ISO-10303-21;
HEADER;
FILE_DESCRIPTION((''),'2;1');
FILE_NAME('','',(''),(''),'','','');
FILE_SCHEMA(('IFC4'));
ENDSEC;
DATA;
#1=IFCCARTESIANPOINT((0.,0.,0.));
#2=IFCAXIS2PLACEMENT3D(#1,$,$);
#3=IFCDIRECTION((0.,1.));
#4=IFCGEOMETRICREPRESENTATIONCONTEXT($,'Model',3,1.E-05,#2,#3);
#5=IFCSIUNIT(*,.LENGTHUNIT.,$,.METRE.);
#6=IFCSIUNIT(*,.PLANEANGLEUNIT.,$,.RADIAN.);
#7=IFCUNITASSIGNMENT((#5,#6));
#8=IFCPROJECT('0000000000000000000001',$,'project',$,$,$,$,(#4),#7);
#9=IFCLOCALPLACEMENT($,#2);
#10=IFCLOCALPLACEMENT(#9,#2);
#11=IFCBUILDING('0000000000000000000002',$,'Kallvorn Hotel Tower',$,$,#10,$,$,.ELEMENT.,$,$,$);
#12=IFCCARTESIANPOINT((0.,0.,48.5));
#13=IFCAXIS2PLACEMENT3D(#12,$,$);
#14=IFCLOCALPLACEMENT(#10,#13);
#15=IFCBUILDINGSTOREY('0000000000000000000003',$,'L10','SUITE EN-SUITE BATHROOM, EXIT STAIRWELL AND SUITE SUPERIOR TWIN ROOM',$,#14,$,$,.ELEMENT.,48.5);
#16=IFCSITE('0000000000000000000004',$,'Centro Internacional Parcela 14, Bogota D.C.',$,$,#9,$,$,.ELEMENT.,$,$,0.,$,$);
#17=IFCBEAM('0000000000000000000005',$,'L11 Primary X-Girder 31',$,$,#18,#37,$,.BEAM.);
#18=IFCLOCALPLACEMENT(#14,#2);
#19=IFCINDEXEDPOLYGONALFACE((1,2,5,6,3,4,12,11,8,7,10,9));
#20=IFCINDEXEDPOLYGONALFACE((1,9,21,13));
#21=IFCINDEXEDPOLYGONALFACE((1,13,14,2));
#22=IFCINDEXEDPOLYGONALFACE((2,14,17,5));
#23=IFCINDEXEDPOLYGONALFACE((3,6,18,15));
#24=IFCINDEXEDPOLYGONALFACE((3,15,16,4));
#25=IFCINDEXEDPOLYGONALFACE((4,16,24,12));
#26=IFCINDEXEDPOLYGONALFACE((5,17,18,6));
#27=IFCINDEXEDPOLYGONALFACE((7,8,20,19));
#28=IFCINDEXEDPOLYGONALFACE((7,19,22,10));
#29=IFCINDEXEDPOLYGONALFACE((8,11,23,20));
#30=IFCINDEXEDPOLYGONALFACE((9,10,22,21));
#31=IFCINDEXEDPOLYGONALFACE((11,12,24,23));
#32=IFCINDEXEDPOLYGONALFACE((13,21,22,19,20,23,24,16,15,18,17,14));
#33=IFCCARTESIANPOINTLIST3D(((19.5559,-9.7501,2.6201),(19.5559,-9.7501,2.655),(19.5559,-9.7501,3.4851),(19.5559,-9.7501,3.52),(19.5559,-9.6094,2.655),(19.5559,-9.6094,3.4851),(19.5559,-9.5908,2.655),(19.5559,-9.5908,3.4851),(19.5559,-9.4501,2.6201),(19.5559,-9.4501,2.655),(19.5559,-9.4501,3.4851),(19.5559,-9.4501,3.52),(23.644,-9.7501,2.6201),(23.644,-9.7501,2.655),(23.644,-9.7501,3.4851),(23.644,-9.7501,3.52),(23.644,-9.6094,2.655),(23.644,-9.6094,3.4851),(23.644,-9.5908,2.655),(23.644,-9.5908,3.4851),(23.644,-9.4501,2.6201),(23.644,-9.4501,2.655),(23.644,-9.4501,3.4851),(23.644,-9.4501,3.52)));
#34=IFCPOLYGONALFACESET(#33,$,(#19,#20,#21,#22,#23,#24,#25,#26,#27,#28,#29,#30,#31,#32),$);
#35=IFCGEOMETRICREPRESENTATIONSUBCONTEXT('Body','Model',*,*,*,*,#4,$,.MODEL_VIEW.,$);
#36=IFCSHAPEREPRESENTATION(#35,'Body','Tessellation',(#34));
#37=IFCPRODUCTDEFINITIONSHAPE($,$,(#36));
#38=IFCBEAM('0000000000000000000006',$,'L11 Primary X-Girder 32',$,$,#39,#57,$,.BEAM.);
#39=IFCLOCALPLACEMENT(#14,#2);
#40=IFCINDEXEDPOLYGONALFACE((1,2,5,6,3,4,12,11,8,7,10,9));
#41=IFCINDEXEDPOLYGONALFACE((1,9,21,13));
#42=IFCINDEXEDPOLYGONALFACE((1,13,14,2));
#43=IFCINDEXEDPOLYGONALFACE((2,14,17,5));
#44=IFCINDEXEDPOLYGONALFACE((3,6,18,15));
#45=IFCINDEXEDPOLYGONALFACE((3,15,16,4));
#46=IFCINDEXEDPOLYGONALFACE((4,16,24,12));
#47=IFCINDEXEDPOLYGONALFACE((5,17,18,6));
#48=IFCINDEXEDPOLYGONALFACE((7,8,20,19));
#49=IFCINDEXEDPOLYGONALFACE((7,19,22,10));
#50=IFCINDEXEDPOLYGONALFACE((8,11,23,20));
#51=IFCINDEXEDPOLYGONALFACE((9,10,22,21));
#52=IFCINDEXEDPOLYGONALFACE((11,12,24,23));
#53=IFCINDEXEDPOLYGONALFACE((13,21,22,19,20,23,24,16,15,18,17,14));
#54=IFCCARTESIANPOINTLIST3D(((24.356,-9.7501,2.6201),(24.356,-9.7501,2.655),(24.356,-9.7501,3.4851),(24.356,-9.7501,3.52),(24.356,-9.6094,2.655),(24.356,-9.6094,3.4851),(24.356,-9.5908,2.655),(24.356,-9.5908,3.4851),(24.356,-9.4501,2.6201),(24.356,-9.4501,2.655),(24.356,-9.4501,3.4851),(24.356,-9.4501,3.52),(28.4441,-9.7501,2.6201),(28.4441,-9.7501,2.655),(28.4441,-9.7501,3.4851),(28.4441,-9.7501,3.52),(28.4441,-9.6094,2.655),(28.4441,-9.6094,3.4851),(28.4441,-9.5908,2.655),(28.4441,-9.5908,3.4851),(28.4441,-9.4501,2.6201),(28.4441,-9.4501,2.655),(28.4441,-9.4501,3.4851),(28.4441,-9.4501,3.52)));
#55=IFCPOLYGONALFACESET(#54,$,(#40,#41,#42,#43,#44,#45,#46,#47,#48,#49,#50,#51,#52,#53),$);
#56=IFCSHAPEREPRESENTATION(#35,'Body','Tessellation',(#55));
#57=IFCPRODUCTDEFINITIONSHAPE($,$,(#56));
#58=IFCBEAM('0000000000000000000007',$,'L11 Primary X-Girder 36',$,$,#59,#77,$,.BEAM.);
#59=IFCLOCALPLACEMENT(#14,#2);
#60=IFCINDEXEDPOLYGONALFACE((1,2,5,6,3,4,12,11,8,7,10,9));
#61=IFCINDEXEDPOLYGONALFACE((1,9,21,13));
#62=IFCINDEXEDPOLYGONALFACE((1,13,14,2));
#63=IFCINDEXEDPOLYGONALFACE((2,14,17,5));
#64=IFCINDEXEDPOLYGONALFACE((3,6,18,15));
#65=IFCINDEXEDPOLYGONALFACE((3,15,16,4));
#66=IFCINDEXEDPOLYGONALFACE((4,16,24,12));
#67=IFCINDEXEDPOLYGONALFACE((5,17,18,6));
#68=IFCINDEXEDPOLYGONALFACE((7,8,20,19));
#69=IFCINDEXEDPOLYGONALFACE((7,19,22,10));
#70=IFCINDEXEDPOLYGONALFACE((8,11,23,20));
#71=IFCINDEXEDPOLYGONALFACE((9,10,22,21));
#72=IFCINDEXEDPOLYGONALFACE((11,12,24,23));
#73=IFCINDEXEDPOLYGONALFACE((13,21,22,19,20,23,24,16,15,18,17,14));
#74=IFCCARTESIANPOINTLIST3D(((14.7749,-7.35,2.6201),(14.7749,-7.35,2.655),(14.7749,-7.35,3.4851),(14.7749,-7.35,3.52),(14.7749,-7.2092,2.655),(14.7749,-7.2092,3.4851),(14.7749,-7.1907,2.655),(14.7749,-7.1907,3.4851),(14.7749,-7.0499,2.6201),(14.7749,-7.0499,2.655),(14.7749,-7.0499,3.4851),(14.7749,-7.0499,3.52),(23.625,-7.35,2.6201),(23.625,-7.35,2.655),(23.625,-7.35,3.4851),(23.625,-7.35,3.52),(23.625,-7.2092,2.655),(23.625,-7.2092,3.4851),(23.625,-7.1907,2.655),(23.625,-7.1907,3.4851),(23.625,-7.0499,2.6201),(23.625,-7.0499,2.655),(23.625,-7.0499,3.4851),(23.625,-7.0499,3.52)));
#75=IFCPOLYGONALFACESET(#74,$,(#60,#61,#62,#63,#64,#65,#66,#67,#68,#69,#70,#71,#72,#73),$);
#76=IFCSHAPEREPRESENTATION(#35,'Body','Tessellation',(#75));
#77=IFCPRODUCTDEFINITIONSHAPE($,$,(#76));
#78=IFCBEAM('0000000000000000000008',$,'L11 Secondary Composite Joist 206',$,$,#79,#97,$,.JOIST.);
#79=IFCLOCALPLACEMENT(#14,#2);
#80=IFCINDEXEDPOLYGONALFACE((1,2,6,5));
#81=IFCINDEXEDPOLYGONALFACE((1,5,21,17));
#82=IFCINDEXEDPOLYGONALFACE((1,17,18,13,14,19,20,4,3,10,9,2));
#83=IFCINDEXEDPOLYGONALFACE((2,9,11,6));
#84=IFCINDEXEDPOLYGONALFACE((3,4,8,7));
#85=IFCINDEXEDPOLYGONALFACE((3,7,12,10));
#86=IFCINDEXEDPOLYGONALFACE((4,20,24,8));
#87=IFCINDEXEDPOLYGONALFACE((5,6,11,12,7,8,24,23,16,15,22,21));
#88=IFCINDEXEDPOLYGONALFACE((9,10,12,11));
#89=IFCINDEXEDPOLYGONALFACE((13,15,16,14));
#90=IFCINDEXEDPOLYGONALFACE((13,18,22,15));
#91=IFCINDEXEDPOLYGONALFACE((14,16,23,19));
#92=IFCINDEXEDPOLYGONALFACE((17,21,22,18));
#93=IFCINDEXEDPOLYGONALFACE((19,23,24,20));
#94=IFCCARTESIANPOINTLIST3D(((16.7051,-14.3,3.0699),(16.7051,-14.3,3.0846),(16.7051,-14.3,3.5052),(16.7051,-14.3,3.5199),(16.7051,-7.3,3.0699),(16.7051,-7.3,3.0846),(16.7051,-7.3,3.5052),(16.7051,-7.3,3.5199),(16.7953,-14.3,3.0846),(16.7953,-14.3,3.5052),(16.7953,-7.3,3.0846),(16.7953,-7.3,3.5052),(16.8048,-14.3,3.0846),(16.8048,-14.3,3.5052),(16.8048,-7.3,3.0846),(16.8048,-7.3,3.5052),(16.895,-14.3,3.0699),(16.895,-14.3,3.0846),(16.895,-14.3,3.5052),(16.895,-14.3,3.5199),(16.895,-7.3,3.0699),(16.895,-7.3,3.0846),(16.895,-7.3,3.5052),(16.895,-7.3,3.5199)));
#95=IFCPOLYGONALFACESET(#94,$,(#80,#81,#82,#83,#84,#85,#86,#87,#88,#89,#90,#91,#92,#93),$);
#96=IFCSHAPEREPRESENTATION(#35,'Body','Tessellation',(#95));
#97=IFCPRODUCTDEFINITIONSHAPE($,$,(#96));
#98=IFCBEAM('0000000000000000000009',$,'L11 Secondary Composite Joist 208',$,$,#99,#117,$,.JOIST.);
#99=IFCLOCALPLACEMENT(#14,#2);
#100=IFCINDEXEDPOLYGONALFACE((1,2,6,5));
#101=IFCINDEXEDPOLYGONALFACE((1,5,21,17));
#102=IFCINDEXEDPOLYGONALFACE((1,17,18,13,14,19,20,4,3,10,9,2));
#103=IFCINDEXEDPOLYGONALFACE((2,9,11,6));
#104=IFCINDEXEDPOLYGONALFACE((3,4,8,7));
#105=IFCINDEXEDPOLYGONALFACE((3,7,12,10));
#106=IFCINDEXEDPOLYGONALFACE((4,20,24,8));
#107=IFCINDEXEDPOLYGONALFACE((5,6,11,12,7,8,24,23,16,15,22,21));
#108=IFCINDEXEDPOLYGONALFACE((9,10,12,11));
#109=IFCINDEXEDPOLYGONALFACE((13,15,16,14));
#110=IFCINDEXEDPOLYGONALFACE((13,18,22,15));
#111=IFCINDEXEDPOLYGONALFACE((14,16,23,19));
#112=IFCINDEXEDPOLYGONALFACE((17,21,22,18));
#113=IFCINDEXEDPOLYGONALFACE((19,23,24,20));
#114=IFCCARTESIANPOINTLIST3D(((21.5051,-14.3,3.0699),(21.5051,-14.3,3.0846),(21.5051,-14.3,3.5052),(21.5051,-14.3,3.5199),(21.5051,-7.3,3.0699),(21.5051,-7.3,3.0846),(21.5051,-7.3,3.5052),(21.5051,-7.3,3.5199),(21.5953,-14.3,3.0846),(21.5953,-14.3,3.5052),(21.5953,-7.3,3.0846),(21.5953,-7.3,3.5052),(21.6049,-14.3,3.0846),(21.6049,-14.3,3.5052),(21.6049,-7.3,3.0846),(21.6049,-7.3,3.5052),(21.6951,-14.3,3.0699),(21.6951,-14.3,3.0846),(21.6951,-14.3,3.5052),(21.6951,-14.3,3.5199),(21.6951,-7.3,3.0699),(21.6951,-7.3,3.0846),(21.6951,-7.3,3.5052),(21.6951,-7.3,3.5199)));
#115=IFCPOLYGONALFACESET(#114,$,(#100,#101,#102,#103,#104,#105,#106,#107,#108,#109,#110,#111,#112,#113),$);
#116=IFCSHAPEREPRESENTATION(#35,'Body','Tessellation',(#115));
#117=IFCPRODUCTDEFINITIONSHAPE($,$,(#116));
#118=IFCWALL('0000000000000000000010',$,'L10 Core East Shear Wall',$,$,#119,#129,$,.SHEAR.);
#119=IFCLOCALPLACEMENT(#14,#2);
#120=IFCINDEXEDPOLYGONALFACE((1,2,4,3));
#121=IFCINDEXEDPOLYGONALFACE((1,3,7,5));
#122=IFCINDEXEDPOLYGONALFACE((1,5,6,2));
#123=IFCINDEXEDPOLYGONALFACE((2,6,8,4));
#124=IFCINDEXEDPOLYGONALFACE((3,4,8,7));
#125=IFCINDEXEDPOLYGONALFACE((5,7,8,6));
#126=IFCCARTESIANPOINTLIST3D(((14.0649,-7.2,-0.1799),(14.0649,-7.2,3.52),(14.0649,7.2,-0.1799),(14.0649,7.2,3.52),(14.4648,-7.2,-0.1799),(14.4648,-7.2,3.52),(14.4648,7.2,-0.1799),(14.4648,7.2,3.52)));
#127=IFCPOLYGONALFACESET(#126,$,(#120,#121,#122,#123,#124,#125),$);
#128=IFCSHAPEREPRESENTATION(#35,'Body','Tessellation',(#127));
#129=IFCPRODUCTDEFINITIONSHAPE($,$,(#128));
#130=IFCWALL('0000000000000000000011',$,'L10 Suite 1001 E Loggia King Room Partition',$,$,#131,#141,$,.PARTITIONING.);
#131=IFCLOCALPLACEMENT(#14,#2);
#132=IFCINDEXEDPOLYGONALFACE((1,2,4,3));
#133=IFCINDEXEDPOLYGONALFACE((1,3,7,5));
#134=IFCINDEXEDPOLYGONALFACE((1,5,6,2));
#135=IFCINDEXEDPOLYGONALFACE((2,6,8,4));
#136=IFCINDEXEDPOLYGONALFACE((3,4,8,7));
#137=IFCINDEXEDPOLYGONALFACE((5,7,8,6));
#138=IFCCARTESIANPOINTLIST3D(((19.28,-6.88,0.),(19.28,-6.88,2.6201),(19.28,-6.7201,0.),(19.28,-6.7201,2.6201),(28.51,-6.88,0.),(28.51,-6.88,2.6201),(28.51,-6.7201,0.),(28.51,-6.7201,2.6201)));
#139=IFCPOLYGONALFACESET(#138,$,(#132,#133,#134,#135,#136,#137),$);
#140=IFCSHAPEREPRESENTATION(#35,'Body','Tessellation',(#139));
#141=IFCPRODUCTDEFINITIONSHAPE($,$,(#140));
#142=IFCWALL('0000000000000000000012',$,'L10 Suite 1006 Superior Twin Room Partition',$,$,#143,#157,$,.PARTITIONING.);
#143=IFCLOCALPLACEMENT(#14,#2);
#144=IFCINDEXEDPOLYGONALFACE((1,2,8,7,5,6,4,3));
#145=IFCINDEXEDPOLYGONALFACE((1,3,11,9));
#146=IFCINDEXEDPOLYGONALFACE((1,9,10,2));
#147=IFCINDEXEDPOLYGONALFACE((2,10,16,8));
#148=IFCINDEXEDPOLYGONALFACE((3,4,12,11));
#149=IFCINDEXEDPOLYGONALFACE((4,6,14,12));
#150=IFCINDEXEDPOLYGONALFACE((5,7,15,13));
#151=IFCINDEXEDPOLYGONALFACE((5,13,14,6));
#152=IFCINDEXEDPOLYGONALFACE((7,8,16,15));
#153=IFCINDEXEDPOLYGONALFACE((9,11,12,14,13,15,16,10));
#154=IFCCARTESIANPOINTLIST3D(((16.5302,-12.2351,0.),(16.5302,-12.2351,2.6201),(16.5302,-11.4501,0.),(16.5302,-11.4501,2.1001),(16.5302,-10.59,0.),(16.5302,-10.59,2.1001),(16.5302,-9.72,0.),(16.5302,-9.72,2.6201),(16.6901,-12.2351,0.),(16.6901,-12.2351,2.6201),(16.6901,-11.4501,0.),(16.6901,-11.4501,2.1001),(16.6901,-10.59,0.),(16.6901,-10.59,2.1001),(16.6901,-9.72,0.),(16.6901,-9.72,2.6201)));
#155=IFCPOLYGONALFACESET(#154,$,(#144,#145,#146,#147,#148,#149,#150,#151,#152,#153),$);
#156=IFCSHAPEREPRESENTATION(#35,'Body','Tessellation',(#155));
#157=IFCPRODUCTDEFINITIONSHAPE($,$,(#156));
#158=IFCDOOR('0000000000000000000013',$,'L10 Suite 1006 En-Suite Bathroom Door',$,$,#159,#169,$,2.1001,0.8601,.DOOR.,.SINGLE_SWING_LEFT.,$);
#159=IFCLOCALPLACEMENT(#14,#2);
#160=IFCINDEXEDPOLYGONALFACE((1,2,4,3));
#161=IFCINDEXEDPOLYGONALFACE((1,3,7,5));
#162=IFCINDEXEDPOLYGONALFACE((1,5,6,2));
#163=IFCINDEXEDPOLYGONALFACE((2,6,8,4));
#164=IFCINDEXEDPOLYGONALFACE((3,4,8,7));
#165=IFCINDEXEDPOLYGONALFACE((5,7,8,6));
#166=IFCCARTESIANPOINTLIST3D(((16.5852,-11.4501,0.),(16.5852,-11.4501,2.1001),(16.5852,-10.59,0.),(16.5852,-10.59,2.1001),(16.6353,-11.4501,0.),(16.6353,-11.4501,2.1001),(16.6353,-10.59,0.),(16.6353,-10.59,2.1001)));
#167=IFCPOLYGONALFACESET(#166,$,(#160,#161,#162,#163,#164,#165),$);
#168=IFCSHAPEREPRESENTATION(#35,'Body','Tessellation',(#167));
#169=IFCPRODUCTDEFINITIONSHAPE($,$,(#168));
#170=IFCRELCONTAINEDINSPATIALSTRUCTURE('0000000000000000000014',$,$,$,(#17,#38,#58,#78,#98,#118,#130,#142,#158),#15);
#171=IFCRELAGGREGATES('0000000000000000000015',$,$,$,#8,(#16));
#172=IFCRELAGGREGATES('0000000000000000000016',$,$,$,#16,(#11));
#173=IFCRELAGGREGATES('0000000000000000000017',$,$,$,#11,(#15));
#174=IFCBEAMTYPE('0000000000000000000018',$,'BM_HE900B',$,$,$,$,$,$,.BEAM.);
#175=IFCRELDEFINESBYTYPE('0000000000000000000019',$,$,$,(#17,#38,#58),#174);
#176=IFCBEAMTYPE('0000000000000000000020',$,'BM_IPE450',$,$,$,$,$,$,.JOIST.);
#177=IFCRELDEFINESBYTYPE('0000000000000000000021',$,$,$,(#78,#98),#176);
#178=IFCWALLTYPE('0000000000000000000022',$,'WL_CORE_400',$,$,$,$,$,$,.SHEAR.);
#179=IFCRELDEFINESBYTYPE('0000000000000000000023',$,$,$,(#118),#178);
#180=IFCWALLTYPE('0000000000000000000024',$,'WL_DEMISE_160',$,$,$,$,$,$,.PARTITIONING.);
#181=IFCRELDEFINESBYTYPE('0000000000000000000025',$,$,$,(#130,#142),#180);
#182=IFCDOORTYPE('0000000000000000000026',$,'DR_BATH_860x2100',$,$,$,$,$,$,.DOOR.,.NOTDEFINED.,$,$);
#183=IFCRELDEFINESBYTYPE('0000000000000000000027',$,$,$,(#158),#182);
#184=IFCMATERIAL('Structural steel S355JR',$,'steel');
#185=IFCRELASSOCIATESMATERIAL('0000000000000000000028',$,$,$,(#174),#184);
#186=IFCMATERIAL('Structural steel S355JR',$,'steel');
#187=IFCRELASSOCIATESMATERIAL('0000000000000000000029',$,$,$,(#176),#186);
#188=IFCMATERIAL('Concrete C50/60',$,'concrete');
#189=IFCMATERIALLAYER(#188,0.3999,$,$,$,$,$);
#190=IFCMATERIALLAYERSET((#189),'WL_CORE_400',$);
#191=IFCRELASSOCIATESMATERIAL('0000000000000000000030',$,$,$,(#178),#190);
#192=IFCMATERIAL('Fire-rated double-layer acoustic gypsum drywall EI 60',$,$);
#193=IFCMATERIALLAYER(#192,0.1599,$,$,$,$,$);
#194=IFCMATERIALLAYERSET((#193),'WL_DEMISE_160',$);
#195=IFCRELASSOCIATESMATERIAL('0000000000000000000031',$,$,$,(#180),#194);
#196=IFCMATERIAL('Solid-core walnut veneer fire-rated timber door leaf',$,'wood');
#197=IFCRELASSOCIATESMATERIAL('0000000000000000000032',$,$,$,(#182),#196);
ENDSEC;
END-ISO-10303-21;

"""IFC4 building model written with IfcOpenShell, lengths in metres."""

from ifc_helpers import new_model, si_unit, direction, frame, frame_2d, origin, origin_2d, place, context, subcontext, project, spatial, rectangle, i_section, extrude, material, layer, layer_set, material_profile, profile_set, type_object, element, fill, save


model = new_model("IFC4")

# Units and contexts
model_context = context("Model", 3, precision=1e-05, world=origin(), true_north=direction((0.0, 1.0)))
body_context = subcontext(model_context, "Body", "Model", "MODEL_VIEW")
ifc_project = project(units=[si_unit("LENGTHUNIT", "METRE"), si_unit("PLANEANGLEUNIT", "RADIAN")], contexts=[model_context])

# Site, building, storey
site_placement = place(None, origin())
site = spatial("IfcSite", under=ifc_project, at=site_placement, Name="Centro Internacional Parcela 14, Bogota D.C.", CompositionType="ELEMENT", RefElevation=0.0)
building_placement = place(site_placement, origin())
building = spatial("IfcBuilding", under=site, at=building_placement, Name="Kallvorn Hotel Tower", CompositionType="ELEMENT")
storey_placement = place(building_placement, frame((0.0, 0.0, 48.5)))
storey = spatial("IfcBuildingStorey", under=building, at=storey_placement, Name="L10", Description="SUITE EN-SUITE BATHROOM, EXIT STAIRWELL AND SUITE SUPERIOR TWIN ROOM", CompositionType="ELEMENT", Elevation=48.5)

# Beams
ifc_material_1 = material(Name="Structural steel S355JR", Category="steel")
ifc_material_profile_1 = material_profile(ifc_material_1, i_section(OverallWidth=0.3, OverallDepth=0.8999, WebThickness=0.0186, FlangeThickness=0.0349, at=origin_2d()), Name="HE 900 B")
ifc_profile_set_1 = profile_set([ifc_material_profile_1], Name="Structural steel S355JR")
beam_type_1 = type_object("IfcBeamType", Name="BM_HE900B", PredefinedType="BEAM", material=ifc_profile_set_1)
for number, where, z_axis, x_axis, name in (
    (1, (19.5559, -9.6001, 3.0701), (1.0, 0.0, 0.0), (0.0, 1.0, 0.0), "L11 Primary X-Girder 31"),
    (2, (24.356, -9.6001, 3.0701), (1.0, 0.0, 0.0), (0.0, 1.0, 0.0), "L11 Primary X-Girder 32"),
):
    element("IfcBeam", number, at=place(storey_placement, frame(where, z_axis=z_axis, x_axis=x_axis)), inside=storey, type_object=beam_type_1, Name=name, PredefinedType="BEAM", context=body_context, shape_type="SweptSolid", body=[
        extrude(i_section(OverallWidth=0.3, OverallDepth=0.8999, WebThickness=0.0186, FlangeThickness=0.0349, at=origin_2d()), origin(), (0.0, 0.0, 1.0), 4.0881),
    ])
beam_1_placement = place(storey_placement, frame((14.7749, -7.2, 3.0701), z_axis=(1.0, 0.0, 0.0), x_axis=(0.0, 1.0, 0.0)))
element("IfcBeam", 3, at=beam_1_placement, inside=storey, type_object=beam_type_1, Name="L11 Primary X-Girder 36", PredefinedType="BEAM", context=body_context, shape_type="SweptSolid", body=[
    extrude(i_section(OverallWidth=0.3, OverallDepth=0.8999, WebThickness=0.0186, FlangeThickness=0.0349, at=origin_2d()), origin(), (0.0, 0.0, 1.0), 8.8501),
])
ifc_material_2 = material(Name="Structural steel S355JR", Category="steel")
ifc_material_profile_2 = material_profile(ifc_material_2, i_section(OverallWidth=0.1899, OverallDepth=0.45, WebThickness=0.0095, FlangeThickness=0.0146, at=origin_2d()), Name="IPE 450")
ifc_profile_set_2 = profile_set([ifc_material_profile_2], Name="Structural steel S355JR")
beam_type_2 = type_object("IfcBeamType", Name="BM_IPE450", PredefinedType="JOIST", material=ifc_profile_set_2)
for number, where, z_axis, x_axis, name in (
    (4, (16.8, -14.3, 3.2949), (0.0, 1.0, 0.0), (-1.0, 0.0, 0.0), "L11 Secondary Composite Joist 206"),
    (5, (21.6001, -14.3, 3.2949), (0.0, 1.0, 0.0), (-1.0, 0.0, 0.0), "L11 Secondary Composite Joist 208"),
):
    element("IfcBeam", number, at=place(storey_placement, frame(where, z_axis=z_axis, x_axis=x_axis)), inside=storey, type_object=beam_type_2, Name=name, PredefinedType="JOIST", context=body_context, shape_type="SweptSolid", body=[
        extrude(i_section(OverallWidth=0.1899, OverallDepth=0.45, WebThickness=0.0095, FlangeThickness=0.0146, at=origin_2d()), origin(), (0.0, 0.0, 1.0), 7.0),
    ])

# Walls
ifc_material_3 = material(Name="Concrete C50/60", Category="concrete")
ifc_layer_1 = layer(ifc_material_3, 0.3999)
ifc_layer_set_1 = layer_set([ifc_layer_1], Name="WL_CORE_400")
wall_type_1 = type_object("IfcWallType", Name="WL_CORE_400", PredefinedType="SHEAR", material=ifc_layer_set_1)
wall_1_placement = place(storey_placement, frame((14.2649, -7.2, -0.1799), z_axis=(0.0, 0.0, 1.0), x_axis=(0.0, 1.0, 0.0)))
element("IfcWall", 6, at=wall_1_placement, inside=storey, type_object=wall_type_1, Name="L10 Core East Shear Wall", PredefinedType="SHEAR", context=body_context, shape_type="SweptSolid", body=[
    extrude(rectangle(XDim=14.3999, YDim=0.3999, at=frame_2d((7.2, 0.0))), origin(), (0.0, 0.0, 1.0), 3.7),
])
ifc_material_4 = material(Name="Fire-rated double-layer acoustic gypsum drywall EI 60")
ifc_layer_2 = layer(ifc_material_4, 0.1599)
ifc_layer_set_2 = layer_set([ifc_layer_2], Name="WL_DEMISE_160")
wall_type_2 = type_object("IfcWallType", Name="WL_DEMISE_160", PredefinedType="PARTITIONING", material=ifc_layer_set_2)
wall_2_placement = place(storey_placement, frame((19.28, -6.8, 0.0), z_axis=(0.0, 0.0, 1.0), x_axis=(1.0, 0.0, 0.0)))
element("IfcWall", 7, at=wall_2_placement, inside=storey, type_object=wall_type_2, Name="L10 Suite 1001 E Loggia King Room Partition", PredefinedType="PARTITIONING", context=body_context, shape_type="SweptSolid", body=[
    extrude(rectangle(XDim=9.23, YDim=0.1599, at=frame_2d((4.615, 0.0))), origin(), (0.0, 0.0, 1.0), 2.6201),
])

# Wall, opening, door
wall_3_placement = place(storey_placement, frame((16.6101, -12.2351, 0.0), z_axis=(0.0, 0.0, 1.0), x_axis=(0.0, 1.0, 0.0)))
wall_3 = element("IfcWall", 8, at=wall_3_placement, inside=storey, type_object=wall_type_2, Name="L10 Suite 1006 Superior Twin Room Partition", PredefinedType="PARTITIONING", context=body_context, shape_type="SweptSolid", body=[
    extrude(rectangle(XDim=2.5151, YDim=0.1599, at=frame_2d((1.2576, 0.0))), origin(), (0.0, 0.0, 1.0), 2.6201),
])
opening_1_placement = place(wall_3_placement, frame((0.7849, 0.0, 0.0)))
opening_1 = element("IfcOpeningElement", 9, at=opening_1_placement, cuts=wall_3, PredefinedType="OPENING", context=body_context, shape_type="SweptSolid", body=[
    extrude(rectangle(XDim=0.8601, YDim=2.1001, at=frame_2d((0.4302, 1.05))), frame((0.0, 0.095, 0.0), z_axis=(0.0, -1.0, 0.0), x_axis=(1.0, 0.0, 0.0)), (0.0, 0.0, 1.0), 0.1899),
])
ifc_material_5 = material(Name="Solid-core walnut veneer fire-rated timber door leaf", Category="wood")
door_type_1 = type_object("IfcDoorType", Name="DR_BATH_860x2100", OperationType="NOTDEFINED", PredefinedType="DOOR", material=ifc_material_5)
door_1_placement = place(opening_1_placement, origin())
door_1 = element("IfcDoor", 10, at=door_1_placement, inside=storey, type_object=door_type_1, Name="L10 Suite 1006 En-Suite Bathroom Door", OperationType="SINGLE_SWING_LEFT", OverallHeight=2.1001, OverallWidth=0.8601, PredefinedType="DOOR", context=body_context, shape_type="SweptSolid", body=[
    extrude(rectangle(XDim=0.8601, YDim=2.1001, at=frame_2d((0.4302, 1.05))), frame((0.0, 0.0249, 0.0), z_axis=(0.0, -1.0, 0.0), x_axis=(1.0, 0.0, 0.0)), (0.0, 0.0, 1.0), 0.05),
])
fill(opening_1, door_1)

save(model, "model.ifc")
